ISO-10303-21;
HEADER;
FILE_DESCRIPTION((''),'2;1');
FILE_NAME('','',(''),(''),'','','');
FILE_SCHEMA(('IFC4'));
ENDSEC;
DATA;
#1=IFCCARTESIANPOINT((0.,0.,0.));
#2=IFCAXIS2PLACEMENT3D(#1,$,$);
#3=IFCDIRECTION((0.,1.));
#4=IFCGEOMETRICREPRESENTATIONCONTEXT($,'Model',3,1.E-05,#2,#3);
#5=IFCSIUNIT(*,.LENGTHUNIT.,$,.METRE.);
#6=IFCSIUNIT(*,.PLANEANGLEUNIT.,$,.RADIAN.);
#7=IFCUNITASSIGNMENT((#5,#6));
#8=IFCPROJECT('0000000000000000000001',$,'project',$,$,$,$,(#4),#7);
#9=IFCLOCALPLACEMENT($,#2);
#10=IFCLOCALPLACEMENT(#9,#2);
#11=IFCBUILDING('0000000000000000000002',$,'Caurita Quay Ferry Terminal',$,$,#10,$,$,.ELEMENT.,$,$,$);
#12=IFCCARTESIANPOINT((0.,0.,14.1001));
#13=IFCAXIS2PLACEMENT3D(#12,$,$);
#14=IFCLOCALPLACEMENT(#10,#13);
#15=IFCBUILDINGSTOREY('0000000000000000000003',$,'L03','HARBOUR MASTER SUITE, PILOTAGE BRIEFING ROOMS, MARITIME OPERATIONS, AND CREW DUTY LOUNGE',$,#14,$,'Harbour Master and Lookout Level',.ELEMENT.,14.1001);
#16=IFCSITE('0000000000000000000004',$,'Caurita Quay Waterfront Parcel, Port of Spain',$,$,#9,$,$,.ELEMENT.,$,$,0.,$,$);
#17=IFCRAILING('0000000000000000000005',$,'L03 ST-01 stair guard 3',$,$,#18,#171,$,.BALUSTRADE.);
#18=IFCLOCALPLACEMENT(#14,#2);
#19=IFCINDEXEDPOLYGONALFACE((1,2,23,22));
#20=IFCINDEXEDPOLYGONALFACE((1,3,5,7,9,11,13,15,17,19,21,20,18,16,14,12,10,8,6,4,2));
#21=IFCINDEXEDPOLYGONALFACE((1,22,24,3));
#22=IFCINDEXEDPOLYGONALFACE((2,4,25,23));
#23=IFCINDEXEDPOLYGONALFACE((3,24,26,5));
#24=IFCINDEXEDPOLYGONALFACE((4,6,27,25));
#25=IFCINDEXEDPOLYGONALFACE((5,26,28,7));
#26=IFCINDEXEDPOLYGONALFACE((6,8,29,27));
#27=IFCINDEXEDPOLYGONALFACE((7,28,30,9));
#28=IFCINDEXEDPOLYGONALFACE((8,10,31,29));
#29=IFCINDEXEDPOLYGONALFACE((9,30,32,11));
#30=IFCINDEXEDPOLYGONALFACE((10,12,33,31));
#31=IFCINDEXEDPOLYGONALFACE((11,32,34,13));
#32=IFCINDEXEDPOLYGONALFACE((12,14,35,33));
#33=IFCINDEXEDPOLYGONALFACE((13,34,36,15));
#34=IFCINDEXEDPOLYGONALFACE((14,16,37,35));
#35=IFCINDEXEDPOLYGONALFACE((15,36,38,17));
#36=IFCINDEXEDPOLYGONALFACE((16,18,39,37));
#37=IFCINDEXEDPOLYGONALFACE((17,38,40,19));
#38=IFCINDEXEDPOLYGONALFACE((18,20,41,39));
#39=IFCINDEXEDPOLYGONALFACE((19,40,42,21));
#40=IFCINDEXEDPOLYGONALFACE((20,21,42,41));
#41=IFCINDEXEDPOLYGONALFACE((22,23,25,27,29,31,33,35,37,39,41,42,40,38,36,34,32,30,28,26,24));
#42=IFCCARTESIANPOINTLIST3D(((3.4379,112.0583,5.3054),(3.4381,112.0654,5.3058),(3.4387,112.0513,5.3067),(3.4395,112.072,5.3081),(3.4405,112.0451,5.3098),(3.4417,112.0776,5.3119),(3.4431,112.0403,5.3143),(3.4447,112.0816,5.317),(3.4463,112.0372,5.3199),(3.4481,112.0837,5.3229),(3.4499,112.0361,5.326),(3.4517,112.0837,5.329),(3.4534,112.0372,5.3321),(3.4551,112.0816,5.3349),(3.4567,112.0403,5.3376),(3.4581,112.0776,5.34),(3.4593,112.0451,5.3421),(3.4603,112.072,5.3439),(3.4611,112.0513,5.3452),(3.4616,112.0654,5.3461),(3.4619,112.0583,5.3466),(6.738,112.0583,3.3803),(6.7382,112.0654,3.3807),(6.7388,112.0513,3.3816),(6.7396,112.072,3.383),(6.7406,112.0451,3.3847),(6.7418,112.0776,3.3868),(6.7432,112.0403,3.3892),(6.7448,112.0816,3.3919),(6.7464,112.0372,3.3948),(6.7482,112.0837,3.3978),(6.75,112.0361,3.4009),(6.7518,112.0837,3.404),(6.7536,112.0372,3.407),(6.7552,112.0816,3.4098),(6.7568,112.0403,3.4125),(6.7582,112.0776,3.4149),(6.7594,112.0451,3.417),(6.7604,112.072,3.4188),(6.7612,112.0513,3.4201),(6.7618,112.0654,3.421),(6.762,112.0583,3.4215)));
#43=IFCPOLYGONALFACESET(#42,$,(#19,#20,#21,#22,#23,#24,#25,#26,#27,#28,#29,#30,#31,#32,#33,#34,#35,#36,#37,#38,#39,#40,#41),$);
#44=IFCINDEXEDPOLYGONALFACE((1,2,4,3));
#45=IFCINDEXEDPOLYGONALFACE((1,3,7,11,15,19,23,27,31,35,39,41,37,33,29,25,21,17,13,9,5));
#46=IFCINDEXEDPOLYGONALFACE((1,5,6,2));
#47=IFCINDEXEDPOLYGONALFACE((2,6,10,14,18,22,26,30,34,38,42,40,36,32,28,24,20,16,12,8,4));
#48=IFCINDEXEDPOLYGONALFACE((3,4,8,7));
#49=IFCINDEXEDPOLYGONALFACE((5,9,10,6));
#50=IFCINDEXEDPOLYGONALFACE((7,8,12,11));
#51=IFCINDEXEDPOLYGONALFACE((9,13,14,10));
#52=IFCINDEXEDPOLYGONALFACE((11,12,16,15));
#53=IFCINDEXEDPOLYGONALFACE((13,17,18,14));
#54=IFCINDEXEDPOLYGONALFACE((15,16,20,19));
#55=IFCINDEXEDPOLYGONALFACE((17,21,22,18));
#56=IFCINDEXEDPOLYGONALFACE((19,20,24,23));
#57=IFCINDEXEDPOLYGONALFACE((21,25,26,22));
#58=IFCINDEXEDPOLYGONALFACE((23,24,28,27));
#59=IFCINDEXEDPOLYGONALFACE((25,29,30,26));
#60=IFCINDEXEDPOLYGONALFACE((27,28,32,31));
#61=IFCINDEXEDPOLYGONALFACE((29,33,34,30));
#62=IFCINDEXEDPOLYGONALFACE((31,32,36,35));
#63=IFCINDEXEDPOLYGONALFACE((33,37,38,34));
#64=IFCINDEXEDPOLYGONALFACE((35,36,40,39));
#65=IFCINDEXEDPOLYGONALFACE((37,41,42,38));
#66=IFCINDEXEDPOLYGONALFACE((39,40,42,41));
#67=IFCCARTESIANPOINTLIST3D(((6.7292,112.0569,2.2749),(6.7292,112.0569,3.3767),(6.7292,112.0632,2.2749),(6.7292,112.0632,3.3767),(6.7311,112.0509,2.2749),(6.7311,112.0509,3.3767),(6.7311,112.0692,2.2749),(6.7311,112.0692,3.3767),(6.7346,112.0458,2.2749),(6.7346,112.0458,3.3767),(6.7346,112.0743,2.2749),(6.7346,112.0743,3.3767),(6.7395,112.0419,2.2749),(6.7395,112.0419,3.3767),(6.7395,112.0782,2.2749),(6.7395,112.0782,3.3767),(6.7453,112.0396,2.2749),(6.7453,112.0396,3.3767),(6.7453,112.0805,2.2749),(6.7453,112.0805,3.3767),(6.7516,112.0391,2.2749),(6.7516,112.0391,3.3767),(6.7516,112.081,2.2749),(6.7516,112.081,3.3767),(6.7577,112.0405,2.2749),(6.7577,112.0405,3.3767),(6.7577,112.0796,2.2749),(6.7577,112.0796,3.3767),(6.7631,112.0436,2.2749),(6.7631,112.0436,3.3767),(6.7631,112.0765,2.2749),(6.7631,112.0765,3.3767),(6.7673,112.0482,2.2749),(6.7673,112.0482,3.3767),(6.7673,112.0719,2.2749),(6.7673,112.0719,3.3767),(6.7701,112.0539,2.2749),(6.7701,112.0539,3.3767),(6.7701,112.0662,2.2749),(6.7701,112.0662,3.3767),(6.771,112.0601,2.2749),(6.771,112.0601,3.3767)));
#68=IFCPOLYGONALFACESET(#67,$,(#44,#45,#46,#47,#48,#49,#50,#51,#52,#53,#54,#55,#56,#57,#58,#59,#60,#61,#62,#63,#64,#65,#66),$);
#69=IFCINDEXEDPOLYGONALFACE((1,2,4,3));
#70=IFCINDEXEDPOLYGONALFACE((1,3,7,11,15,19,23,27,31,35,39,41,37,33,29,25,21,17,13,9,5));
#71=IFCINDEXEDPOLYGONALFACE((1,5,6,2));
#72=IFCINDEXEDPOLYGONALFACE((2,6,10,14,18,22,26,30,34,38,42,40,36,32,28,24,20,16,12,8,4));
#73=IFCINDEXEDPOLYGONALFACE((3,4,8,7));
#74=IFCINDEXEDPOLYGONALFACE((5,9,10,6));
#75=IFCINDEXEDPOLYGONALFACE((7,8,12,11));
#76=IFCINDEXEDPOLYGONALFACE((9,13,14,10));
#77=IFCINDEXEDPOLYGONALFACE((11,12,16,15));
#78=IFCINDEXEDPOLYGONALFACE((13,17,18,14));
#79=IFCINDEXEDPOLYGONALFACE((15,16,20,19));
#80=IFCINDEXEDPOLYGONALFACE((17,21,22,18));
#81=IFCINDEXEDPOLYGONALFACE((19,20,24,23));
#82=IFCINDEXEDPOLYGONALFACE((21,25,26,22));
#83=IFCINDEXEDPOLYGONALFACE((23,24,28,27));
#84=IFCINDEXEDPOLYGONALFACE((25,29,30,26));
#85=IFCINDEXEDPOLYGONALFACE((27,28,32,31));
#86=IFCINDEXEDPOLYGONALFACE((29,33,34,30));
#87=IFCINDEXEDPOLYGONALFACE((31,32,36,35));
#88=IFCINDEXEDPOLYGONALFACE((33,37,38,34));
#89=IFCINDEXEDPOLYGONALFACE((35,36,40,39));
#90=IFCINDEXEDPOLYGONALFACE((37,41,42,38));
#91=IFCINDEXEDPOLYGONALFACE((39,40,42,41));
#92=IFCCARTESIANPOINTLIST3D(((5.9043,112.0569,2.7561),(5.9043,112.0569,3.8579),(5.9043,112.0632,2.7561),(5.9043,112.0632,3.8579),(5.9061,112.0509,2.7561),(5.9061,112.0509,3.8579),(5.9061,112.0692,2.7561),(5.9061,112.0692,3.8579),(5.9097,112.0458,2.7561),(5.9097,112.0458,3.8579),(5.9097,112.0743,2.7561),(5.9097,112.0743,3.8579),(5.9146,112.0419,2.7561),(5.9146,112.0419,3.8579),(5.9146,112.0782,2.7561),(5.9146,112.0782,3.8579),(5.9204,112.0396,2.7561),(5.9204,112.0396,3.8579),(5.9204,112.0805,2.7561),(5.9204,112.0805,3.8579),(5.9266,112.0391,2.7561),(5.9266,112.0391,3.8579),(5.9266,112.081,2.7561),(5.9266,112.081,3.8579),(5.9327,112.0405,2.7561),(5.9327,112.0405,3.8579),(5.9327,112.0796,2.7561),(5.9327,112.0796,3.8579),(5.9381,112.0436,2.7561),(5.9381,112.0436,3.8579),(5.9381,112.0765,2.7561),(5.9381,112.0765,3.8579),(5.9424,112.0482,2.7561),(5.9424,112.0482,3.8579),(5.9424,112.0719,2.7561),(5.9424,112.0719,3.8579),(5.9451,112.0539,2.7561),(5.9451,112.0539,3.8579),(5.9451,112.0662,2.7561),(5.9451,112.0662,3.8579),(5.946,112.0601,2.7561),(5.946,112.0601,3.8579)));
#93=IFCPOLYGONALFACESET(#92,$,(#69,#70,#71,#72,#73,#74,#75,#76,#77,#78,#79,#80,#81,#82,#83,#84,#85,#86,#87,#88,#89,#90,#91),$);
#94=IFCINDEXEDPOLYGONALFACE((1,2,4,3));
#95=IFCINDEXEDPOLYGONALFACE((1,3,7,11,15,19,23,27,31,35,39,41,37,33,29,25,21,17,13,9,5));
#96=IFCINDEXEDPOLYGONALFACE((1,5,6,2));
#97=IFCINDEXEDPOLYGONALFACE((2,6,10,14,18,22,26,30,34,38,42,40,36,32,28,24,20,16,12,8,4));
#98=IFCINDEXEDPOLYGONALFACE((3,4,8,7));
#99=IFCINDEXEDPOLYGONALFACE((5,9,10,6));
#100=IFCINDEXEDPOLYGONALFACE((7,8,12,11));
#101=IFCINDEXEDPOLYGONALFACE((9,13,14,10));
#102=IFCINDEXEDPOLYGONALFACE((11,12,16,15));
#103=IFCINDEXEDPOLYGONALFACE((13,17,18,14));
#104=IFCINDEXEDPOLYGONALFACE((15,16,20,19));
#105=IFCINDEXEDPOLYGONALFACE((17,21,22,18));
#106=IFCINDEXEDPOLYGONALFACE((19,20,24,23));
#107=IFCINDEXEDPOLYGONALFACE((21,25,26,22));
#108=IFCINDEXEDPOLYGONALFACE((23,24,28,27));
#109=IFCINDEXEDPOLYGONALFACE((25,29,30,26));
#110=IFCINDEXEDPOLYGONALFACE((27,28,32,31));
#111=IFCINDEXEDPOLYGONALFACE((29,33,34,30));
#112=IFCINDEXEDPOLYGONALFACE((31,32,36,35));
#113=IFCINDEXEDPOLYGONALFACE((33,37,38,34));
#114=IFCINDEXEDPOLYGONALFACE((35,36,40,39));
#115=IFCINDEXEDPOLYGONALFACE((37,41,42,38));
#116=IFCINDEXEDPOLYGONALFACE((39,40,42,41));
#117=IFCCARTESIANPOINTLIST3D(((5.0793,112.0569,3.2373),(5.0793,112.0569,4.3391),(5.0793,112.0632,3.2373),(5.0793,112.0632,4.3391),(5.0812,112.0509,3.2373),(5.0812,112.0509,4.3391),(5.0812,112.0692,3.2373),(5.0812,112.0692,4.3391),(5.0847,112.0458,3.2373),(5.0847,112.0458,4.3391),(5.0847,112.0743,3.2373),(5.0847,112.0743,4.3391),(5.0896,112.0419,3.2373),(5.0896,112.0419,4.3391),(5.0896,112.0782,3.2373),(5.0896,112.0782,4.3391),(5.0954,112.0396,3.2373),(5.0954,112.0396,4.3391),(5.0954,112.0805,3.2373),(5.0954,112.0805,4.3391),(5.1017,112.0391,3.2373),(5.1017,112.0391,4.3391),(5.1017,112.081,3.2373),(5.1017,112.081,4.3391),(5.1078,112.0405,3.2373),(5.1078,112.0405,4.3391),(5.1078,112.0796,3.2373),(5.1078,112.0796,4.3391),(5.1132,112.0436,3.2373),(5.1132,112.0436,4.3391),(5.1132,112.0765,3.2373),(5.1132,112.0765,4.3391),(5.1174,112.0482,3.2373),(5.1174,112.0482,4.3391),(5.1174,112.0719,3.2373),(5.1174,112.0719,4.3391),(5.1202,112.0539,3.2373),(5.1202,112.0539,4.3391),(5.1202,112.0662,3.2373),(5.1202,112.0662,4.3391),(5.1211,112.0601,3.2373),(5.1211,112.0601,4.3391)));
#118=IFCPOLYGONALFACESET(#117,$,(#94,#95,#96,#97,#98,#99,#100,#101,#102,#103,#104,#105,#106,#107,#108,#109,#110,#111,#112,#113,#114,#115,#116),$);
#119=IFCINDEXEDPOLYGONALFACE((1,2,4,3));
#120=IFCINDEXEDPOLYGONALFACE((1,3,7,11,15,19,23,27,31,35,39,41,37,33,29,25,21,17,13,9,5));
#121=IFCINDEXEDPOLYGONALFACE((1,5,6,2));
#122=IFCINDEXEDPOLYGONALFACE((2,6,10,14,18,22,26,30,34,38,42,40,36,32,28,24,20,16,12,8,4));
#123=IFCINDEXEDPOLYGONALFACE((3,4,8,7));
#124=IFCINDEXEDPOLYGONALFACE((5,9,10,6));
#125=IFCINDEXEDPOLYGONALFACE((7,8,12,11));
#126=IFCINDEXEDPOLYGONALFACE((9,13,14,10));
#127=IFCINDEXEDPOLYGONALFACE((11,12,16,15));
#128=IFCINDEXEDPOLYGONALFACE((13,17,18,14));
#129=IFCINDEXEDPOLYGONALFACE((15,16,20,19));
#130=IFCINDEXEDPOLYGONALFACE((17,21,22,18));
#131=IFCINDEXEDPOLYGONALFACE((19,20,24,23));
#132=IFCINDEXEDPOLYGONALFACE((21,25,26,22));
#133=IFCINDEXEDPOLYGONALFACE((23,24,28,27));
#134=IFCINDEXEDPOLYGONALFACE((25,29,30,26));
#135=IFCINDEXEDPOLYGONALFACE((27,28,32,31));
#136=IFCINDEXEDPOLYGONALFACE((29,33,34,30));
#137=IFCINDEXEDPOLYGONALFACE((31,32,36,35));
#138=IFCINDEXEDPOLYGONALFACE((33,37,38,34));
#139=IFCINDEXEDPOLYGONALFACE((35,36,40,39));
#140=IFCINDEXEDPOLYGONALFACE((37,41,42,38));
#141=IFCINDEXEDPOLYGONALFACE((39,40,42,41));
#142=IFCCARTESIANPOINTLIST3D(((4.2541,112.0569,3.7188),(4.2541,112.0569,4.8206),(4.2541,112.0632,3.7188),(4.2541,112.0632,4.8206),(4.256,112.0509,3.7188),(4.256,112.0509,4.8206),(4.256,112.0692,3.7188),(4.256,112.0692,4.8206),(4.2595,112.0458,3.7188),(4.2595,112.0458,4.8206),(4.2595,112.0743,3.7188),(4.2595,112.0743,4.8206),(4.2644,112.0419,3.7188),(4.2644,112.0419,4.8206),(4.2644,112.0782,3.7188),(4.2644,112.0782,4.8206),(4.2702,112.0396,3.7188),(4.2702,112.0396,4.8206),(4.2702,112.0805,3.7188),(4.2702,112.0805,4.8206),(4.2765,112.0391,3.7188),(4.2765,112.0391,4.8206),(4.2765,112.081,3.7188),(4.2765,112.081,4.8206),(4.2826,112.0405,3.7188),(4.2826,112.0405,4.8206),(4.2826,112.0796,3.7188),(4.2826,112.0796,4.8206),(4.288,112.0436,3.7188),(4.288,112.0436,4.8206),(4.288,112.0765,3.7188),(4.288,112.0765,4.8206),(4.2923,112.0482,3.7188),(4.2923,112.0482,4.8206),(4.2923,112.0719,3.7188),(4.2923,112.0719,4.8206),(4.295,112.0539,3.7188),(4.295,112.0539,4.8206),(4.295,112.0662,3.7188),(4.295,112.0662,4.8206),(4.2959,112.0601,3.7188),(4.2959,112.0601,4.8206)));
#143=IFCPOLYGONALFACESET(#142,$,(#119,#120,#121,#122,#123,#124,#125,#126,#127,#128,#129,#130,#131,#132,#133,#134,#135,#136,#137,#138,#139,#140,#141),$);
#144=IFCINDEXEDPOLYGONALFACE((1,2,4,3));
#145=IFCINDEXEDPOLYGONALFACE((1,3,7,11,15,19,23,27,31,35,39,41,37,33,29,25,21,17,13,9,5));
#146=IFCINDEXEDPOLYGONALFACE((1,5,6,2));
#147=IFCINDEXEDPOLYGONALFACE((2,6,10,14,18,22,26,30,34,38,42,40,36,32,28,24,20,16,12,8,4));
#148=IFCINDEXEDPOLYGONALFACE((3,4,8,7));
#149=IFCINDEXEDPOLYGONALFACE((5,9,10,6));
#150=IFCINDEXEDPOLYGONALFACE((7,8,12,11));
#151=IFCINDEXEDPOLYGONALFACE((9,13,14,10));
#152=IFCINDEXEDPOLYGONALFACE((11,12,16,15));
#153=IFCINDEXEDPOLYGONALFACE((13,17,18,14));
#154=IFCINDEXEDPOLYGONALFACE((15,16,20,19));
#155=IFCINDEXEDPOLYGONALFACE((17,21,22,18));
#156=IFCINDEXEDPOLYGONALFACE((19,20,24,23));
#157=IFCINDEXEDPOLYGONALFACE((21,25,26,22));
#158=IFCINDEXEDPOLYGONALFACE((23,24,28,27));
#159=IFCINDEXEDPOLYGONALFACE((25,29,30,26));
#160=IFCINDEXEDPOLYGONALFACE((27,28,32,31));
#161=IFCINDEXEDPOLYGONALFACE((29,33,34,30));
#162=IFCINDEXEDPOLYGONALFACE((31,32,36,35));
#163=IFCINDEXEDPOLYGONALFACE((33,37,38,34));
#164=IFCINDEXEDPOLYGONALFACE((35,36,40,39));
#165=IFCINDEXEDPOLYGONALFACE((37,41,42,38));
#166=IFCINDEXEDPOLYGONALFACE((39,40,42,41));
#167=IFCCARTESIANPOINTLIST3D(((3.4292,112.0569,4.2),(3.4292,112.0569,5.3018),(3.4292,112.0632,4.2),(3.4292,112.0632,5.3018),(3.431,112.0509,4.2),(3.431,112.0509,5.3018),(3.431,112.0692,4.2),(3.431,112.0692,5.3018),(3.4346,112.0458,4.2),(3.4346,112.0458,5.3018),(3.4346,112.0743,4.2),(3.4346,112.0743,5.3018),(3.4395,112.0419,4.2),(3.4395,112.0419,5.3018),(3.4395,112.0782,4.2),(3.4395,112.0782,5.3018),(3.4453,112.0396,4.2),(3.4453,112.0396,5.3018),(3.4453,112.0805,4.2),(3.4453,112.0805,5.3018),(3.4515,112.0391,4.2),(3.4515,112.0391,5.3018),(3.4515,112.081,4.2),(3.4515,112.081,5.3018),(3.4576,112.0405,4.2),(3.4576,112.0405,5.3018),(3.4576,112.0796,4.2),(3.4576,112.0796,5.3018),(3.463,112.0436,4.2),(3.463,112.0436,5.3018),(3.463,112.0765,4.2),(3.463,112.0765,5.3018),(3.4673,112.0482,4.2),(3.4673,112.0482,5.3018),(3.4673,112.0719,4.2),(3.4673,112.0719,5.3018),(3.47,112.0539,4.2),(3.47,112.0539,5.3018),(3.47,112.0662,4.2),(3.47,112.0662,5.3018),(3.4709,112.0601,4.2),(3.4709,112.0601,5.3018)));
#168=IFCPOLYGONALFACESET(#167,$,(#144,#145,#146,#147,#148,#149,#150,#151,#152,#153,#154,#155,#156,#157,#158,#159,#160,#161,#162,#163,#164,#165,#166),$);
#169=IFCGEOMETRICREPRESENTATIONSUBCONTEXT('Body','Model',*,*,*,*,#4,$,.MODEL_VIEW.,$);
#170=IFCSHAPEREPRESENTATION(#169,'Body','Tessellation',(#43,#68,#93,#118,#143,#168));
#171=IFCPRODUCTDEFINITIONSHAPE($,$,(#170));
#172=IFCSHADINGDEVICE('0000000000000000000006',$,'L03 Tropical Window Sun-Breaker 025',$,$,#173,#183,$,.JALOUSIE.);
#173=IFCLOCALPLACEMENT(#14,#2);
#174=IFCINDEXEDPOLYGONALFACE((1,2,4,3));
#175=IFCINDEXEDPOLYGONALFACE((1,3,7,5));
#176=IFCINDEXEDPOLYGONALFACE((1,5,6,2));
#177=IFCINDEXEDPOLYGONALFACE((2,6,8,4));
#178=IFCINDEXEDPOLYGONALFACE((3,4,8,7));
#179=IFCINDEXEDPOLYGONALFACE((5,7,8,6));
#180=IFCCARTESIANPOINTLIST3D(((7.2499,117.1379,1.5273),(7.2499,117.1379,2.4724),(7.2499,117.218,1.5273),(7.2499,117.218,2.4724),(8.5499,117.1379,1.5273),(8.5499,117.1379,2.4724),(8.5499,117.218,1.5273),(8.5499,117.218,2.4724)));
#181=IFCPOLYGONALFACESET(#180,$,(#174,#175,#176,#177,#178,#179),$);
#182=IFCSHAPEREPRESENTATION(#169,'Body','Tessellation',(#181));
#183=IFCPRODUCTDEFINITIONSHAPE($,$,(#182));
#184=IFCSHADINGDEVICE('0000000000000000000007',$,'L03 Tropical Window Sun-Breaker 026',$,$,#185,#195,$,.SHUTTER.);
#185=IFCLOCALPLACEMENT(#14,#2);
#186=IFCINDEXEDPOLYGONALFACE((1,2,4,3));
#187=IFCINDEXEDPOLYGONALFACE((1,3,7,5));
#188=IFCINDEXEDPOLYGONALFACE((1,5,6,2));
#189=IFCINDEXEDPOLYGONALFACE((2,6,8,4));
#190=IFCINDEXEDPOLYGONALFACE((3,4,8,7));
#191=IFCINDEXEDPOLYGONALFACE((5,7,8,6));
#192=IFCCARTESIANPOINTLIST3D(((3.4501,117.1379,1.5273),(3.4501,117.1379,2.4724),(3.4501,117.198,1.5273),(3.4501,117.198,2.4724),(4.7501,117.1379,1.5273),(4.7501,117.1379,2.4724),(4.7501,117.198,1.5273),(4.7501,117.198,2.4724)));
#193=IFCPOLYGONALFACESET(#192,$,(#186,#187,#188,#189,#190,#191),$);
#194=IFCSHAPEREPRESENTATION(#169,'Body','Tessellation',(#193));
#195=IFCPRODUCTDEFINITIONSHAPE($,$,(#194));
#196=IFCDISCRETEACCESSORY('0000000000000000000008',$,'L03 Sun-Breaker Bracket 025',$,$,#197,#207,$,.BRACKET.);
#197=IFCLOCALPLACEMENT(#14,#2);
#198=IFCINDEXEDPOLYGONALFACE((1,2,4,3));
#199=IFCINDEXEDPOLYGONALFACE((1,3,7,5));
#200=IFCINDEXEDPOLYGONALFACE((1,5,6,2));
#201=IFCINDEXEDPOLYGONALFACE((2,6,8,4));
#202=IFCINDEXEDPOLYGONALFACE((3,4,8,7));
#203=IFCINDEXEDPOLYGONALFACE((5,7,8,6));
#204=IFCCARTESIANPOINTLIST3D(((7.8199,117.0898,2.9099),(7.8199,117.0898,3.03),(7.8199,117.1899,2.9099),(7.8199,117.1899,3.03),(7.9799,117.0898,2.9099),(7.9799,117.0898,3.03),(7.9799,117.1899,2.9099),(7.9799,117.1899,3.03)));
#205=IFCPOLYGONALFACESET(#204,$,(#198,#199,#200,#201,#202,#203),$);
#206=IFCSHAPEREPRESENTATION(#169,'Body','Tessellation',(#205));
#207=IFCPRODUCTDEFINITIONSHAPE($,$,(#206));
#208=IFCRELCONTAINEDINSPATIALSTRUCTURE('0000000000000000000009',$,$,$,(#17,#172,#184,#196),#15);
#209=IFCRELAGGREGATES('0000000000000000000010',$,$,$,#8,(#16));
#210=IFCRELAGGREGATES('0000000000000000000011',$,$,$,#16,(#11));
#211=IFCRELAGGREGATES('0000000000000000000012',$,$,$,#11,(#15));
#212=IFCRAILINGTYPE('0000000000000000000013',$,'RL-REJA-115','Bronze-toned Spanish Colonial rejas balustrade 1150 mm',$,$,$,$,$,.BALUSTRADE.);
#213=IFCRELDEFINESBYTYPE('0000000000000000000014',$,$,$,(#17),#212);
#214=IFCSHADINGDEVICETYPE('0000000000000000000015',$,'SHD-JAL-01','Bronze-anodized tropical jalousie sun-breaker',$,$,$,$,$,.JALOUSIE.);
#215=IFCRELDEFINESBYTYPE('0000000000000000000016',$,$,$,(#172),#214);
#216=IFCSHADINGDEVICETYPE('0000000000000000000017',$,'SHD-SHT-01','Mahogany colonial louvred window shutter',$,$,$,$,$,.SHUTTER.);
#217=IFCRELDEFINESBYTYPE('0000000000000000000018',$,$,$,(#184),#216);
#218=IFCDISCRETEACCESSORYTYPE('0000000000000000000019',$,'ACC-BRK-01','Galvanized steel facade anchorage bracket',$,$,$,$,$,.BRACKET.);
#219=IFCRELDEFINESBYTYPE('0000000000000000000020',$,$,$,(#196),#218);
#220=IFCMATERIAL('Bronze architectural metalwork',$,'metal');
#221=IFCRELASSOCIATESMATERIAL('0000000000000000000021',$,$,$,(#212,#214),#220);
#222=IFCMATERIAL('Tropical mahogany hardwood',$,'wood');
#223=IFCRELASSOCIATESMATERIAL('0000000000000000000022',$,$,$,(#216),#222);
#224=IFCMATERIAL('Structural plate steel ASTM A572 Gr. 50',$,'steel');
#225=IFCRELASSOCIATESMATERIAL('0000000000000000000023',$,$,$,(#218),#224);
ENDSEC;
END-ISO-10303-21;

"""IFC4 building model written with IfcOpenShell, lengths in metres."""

from ifc_helpers import new_model, si_unit, direction, frame, origin, origin_2d, place, context, subcontext, project, spatial, rectangle, circle, extrude, material, type_object, element, save


model = new_model("IFC4")

# Units and contexts
model_context = context("Model", 3, precision=1e-05, world=origin(), true_north=direction((0.0, 1.0)))
body_context = subcontext(model_context, "Body", "Model", "MODEL_VIEW")
ifc_project = project(units=[si_unit("LENGTHUNIT", "METRE"), si_unit("PLANEANGLEUNIT", "RADIAN")], contexts=[model_context])

# Site, building, storey
site_placement = place(None, origin())
site = spatial("IfcSite", under=ifc_project, at=site_placement, Name="Caurita Quay Waterfront Parcel, Port of Spain", CompositionType="ELEMENT", RefElevation=0.0)
building_placement = place(site_placement, origin())
building = spatial("IfcBuilding", under=site, at=building_placement, Name="Caurita Quay Ferry Terminal", CompositionType="ELEMENT")
storey_placement = place(building_placement, frame((0.0, 0.0, 14.1001)))
storey = spatial("IfcBuildingStorey", under=building, at=storey_placement, Name="L03", Description="HARBOUR MASTER SUITE, PILOTAGE BRIEFING ROOMS, MARITIME OPERATIONS, AND CREW DUTY LOUNGE", LongName="Harbour Master and Lookout Level", CompositionType="ELEMENT", Elevation=14.1001)

# Railing
ifc_material_1 = material(Name="Bronze architectural metalwork", Category="metal")
railing_type_1 = type_object("IfcRailingType", Name="RL-REJA-115", Description="Bronze-toned Spanish Colonial rejas balustrade 1150 mm", PredefinedType="BALUSTRADE", material=ifc_material_1)
railing_1_placement = place(storey_placement, frame((6.75, 112.0601, 2.2749)))
element("IfcRailing", 1, at=railing_1_placement, inside=storey, type_object=railing_type_1, Name="L03 ST-01 stair guard 3", PredefinedType="BALUSTRADE", context=body_context, shape_type="SweptSolid", body=[
    extrude(circle(Radius=0.0239, at=origin_2d()), frame((0.0, 0.0, 1.126), z_axis=(-0.863777, 0.0, 0.503875), x_axis=(0.0, -1.0, 0.0)), (0.0, 0.0, 1.0), 3.8206),
    extrude(circle(Radius=0.021, at=origin_2d()), origin(), (0.0, 0.0, 1.0), 1.1018),
    extrude(circle(Radius=0.021, at=origin_2d()), frame((-0.825, 0.0, 0.4812)), (0.0, 0.0, 1.0), 1.1018),
    extrude(circle(Radius=0.021, at=origin_2d()), frame((-1.6499, 0.0, 0.9624)), (0.0, 0.0, 1.0), 1.1018),
    extrude(circle(Radius=0.021, at=origin_2d()), frame((-2.4751, 0.0, 1.4438)), (0.0, 0.0, 1.0), 1.1018),
    extrude(circle(Radius=0.021, at=origin_2d()), frame((-3.3, 0.0, 1.925)), (0.0, 0.0, 1.0), 1.1018),
])

# Shading devices
shading_device_type_1 = type_object("IfcShadingDeviceType", Name="SHD-JAL-01", Description="Bronze-anodized tropical jalousie sun-breaker", PredefinedType="JALOUSIE", material=ifc_material_1)
shading_device_1_placement = place(storey_placement, frame((7.8999, 117.178, 1.5273), z_axis=(0.0, 0.0, 1.0), x_axis=(-1.0, 0.0, 0.0)))
element("IfcShadingDevice", 2, at=shading_device_1_placement, inside=storey, type_object=shading_device_type_1, Name="L03 Tropical Window Sun-Breaker 025", PredefinedType="JALOUSIE", context=body_context, shape_type="SweptSolid", body=[
    extrude(rectangle(XDim=1.3, YDim=0.0801, at=origin_2d()), origin(), (0.0, 0.0, 1.0), 0.9451),
])
ifc_material_2 = material(Name="Tropical mahogany hardwood", Category="wood")
shading_device_type_2 = type_object("IfcShadingDeviceType", Name="SHD-SHT-01", Description="Mahogany colonial louvred window shutter", PredefinedType="SHUTTER", material=ifc_material_2)
shading_device_2_placement = place(storey_placement, frame((4.1001, 117.168, 1.5273), z_axis=(0.0, 0.0, 1.0), x_axis=(-1.0, 0.0, 0.0)))
element("IfcShadingDevice", 3, at=shading_device_2_placement, inside=storey, type_object=shading_device_type_2, Name="L03 Tropical Window Sun-Breaker 026", PredefinedType="SHUTTER", context=body_context, shape_type="SweptSolid", body=[
    extrude(rectangle(XDim=1.3, YDim=0.0601, at=origin_2d()), origin(), (0.0, 0.0, 1.0), 0.9451),
])

# Discrete accessory
ifc_material_3 = material(Name="Structural plate steel ASTM A572 Gr. 50", Category="steel")
discrete_accessory_type = type_object("IfcDiscreteAccessoryType", Name="ACC-BRK-01", Description="Galvanized steel facade anchorage bracket", PredefinedType="BRACKET", material=ifc_material_3)
for number, where, z_axis, x_axis, name in (
    (4, (7.8999, 117.1399, 2.9099), (0.0, 0.0, 1.0), (-1.0, 0.0, 0.0), "L03 Sun-Breaker Bracket 025"),
):
    element("IfcDiscreteAccessory", number, at=place(storey_placement, frame(where, z_axis=z_axis, x_axis=x_axis)), inside=storey, type_object=discrete_accessory_type, Name=name, PredefinedType="BRACKET", context=body_context, shape_type="SweptSolid", body=[
        extrude(rectangle(XDim=0.1599, YDim=0.1001, at=origin_2d()), origin(), (0.0, 0.0, 1.0), 0.1201),
    ])

save(model, "model.ifc")
